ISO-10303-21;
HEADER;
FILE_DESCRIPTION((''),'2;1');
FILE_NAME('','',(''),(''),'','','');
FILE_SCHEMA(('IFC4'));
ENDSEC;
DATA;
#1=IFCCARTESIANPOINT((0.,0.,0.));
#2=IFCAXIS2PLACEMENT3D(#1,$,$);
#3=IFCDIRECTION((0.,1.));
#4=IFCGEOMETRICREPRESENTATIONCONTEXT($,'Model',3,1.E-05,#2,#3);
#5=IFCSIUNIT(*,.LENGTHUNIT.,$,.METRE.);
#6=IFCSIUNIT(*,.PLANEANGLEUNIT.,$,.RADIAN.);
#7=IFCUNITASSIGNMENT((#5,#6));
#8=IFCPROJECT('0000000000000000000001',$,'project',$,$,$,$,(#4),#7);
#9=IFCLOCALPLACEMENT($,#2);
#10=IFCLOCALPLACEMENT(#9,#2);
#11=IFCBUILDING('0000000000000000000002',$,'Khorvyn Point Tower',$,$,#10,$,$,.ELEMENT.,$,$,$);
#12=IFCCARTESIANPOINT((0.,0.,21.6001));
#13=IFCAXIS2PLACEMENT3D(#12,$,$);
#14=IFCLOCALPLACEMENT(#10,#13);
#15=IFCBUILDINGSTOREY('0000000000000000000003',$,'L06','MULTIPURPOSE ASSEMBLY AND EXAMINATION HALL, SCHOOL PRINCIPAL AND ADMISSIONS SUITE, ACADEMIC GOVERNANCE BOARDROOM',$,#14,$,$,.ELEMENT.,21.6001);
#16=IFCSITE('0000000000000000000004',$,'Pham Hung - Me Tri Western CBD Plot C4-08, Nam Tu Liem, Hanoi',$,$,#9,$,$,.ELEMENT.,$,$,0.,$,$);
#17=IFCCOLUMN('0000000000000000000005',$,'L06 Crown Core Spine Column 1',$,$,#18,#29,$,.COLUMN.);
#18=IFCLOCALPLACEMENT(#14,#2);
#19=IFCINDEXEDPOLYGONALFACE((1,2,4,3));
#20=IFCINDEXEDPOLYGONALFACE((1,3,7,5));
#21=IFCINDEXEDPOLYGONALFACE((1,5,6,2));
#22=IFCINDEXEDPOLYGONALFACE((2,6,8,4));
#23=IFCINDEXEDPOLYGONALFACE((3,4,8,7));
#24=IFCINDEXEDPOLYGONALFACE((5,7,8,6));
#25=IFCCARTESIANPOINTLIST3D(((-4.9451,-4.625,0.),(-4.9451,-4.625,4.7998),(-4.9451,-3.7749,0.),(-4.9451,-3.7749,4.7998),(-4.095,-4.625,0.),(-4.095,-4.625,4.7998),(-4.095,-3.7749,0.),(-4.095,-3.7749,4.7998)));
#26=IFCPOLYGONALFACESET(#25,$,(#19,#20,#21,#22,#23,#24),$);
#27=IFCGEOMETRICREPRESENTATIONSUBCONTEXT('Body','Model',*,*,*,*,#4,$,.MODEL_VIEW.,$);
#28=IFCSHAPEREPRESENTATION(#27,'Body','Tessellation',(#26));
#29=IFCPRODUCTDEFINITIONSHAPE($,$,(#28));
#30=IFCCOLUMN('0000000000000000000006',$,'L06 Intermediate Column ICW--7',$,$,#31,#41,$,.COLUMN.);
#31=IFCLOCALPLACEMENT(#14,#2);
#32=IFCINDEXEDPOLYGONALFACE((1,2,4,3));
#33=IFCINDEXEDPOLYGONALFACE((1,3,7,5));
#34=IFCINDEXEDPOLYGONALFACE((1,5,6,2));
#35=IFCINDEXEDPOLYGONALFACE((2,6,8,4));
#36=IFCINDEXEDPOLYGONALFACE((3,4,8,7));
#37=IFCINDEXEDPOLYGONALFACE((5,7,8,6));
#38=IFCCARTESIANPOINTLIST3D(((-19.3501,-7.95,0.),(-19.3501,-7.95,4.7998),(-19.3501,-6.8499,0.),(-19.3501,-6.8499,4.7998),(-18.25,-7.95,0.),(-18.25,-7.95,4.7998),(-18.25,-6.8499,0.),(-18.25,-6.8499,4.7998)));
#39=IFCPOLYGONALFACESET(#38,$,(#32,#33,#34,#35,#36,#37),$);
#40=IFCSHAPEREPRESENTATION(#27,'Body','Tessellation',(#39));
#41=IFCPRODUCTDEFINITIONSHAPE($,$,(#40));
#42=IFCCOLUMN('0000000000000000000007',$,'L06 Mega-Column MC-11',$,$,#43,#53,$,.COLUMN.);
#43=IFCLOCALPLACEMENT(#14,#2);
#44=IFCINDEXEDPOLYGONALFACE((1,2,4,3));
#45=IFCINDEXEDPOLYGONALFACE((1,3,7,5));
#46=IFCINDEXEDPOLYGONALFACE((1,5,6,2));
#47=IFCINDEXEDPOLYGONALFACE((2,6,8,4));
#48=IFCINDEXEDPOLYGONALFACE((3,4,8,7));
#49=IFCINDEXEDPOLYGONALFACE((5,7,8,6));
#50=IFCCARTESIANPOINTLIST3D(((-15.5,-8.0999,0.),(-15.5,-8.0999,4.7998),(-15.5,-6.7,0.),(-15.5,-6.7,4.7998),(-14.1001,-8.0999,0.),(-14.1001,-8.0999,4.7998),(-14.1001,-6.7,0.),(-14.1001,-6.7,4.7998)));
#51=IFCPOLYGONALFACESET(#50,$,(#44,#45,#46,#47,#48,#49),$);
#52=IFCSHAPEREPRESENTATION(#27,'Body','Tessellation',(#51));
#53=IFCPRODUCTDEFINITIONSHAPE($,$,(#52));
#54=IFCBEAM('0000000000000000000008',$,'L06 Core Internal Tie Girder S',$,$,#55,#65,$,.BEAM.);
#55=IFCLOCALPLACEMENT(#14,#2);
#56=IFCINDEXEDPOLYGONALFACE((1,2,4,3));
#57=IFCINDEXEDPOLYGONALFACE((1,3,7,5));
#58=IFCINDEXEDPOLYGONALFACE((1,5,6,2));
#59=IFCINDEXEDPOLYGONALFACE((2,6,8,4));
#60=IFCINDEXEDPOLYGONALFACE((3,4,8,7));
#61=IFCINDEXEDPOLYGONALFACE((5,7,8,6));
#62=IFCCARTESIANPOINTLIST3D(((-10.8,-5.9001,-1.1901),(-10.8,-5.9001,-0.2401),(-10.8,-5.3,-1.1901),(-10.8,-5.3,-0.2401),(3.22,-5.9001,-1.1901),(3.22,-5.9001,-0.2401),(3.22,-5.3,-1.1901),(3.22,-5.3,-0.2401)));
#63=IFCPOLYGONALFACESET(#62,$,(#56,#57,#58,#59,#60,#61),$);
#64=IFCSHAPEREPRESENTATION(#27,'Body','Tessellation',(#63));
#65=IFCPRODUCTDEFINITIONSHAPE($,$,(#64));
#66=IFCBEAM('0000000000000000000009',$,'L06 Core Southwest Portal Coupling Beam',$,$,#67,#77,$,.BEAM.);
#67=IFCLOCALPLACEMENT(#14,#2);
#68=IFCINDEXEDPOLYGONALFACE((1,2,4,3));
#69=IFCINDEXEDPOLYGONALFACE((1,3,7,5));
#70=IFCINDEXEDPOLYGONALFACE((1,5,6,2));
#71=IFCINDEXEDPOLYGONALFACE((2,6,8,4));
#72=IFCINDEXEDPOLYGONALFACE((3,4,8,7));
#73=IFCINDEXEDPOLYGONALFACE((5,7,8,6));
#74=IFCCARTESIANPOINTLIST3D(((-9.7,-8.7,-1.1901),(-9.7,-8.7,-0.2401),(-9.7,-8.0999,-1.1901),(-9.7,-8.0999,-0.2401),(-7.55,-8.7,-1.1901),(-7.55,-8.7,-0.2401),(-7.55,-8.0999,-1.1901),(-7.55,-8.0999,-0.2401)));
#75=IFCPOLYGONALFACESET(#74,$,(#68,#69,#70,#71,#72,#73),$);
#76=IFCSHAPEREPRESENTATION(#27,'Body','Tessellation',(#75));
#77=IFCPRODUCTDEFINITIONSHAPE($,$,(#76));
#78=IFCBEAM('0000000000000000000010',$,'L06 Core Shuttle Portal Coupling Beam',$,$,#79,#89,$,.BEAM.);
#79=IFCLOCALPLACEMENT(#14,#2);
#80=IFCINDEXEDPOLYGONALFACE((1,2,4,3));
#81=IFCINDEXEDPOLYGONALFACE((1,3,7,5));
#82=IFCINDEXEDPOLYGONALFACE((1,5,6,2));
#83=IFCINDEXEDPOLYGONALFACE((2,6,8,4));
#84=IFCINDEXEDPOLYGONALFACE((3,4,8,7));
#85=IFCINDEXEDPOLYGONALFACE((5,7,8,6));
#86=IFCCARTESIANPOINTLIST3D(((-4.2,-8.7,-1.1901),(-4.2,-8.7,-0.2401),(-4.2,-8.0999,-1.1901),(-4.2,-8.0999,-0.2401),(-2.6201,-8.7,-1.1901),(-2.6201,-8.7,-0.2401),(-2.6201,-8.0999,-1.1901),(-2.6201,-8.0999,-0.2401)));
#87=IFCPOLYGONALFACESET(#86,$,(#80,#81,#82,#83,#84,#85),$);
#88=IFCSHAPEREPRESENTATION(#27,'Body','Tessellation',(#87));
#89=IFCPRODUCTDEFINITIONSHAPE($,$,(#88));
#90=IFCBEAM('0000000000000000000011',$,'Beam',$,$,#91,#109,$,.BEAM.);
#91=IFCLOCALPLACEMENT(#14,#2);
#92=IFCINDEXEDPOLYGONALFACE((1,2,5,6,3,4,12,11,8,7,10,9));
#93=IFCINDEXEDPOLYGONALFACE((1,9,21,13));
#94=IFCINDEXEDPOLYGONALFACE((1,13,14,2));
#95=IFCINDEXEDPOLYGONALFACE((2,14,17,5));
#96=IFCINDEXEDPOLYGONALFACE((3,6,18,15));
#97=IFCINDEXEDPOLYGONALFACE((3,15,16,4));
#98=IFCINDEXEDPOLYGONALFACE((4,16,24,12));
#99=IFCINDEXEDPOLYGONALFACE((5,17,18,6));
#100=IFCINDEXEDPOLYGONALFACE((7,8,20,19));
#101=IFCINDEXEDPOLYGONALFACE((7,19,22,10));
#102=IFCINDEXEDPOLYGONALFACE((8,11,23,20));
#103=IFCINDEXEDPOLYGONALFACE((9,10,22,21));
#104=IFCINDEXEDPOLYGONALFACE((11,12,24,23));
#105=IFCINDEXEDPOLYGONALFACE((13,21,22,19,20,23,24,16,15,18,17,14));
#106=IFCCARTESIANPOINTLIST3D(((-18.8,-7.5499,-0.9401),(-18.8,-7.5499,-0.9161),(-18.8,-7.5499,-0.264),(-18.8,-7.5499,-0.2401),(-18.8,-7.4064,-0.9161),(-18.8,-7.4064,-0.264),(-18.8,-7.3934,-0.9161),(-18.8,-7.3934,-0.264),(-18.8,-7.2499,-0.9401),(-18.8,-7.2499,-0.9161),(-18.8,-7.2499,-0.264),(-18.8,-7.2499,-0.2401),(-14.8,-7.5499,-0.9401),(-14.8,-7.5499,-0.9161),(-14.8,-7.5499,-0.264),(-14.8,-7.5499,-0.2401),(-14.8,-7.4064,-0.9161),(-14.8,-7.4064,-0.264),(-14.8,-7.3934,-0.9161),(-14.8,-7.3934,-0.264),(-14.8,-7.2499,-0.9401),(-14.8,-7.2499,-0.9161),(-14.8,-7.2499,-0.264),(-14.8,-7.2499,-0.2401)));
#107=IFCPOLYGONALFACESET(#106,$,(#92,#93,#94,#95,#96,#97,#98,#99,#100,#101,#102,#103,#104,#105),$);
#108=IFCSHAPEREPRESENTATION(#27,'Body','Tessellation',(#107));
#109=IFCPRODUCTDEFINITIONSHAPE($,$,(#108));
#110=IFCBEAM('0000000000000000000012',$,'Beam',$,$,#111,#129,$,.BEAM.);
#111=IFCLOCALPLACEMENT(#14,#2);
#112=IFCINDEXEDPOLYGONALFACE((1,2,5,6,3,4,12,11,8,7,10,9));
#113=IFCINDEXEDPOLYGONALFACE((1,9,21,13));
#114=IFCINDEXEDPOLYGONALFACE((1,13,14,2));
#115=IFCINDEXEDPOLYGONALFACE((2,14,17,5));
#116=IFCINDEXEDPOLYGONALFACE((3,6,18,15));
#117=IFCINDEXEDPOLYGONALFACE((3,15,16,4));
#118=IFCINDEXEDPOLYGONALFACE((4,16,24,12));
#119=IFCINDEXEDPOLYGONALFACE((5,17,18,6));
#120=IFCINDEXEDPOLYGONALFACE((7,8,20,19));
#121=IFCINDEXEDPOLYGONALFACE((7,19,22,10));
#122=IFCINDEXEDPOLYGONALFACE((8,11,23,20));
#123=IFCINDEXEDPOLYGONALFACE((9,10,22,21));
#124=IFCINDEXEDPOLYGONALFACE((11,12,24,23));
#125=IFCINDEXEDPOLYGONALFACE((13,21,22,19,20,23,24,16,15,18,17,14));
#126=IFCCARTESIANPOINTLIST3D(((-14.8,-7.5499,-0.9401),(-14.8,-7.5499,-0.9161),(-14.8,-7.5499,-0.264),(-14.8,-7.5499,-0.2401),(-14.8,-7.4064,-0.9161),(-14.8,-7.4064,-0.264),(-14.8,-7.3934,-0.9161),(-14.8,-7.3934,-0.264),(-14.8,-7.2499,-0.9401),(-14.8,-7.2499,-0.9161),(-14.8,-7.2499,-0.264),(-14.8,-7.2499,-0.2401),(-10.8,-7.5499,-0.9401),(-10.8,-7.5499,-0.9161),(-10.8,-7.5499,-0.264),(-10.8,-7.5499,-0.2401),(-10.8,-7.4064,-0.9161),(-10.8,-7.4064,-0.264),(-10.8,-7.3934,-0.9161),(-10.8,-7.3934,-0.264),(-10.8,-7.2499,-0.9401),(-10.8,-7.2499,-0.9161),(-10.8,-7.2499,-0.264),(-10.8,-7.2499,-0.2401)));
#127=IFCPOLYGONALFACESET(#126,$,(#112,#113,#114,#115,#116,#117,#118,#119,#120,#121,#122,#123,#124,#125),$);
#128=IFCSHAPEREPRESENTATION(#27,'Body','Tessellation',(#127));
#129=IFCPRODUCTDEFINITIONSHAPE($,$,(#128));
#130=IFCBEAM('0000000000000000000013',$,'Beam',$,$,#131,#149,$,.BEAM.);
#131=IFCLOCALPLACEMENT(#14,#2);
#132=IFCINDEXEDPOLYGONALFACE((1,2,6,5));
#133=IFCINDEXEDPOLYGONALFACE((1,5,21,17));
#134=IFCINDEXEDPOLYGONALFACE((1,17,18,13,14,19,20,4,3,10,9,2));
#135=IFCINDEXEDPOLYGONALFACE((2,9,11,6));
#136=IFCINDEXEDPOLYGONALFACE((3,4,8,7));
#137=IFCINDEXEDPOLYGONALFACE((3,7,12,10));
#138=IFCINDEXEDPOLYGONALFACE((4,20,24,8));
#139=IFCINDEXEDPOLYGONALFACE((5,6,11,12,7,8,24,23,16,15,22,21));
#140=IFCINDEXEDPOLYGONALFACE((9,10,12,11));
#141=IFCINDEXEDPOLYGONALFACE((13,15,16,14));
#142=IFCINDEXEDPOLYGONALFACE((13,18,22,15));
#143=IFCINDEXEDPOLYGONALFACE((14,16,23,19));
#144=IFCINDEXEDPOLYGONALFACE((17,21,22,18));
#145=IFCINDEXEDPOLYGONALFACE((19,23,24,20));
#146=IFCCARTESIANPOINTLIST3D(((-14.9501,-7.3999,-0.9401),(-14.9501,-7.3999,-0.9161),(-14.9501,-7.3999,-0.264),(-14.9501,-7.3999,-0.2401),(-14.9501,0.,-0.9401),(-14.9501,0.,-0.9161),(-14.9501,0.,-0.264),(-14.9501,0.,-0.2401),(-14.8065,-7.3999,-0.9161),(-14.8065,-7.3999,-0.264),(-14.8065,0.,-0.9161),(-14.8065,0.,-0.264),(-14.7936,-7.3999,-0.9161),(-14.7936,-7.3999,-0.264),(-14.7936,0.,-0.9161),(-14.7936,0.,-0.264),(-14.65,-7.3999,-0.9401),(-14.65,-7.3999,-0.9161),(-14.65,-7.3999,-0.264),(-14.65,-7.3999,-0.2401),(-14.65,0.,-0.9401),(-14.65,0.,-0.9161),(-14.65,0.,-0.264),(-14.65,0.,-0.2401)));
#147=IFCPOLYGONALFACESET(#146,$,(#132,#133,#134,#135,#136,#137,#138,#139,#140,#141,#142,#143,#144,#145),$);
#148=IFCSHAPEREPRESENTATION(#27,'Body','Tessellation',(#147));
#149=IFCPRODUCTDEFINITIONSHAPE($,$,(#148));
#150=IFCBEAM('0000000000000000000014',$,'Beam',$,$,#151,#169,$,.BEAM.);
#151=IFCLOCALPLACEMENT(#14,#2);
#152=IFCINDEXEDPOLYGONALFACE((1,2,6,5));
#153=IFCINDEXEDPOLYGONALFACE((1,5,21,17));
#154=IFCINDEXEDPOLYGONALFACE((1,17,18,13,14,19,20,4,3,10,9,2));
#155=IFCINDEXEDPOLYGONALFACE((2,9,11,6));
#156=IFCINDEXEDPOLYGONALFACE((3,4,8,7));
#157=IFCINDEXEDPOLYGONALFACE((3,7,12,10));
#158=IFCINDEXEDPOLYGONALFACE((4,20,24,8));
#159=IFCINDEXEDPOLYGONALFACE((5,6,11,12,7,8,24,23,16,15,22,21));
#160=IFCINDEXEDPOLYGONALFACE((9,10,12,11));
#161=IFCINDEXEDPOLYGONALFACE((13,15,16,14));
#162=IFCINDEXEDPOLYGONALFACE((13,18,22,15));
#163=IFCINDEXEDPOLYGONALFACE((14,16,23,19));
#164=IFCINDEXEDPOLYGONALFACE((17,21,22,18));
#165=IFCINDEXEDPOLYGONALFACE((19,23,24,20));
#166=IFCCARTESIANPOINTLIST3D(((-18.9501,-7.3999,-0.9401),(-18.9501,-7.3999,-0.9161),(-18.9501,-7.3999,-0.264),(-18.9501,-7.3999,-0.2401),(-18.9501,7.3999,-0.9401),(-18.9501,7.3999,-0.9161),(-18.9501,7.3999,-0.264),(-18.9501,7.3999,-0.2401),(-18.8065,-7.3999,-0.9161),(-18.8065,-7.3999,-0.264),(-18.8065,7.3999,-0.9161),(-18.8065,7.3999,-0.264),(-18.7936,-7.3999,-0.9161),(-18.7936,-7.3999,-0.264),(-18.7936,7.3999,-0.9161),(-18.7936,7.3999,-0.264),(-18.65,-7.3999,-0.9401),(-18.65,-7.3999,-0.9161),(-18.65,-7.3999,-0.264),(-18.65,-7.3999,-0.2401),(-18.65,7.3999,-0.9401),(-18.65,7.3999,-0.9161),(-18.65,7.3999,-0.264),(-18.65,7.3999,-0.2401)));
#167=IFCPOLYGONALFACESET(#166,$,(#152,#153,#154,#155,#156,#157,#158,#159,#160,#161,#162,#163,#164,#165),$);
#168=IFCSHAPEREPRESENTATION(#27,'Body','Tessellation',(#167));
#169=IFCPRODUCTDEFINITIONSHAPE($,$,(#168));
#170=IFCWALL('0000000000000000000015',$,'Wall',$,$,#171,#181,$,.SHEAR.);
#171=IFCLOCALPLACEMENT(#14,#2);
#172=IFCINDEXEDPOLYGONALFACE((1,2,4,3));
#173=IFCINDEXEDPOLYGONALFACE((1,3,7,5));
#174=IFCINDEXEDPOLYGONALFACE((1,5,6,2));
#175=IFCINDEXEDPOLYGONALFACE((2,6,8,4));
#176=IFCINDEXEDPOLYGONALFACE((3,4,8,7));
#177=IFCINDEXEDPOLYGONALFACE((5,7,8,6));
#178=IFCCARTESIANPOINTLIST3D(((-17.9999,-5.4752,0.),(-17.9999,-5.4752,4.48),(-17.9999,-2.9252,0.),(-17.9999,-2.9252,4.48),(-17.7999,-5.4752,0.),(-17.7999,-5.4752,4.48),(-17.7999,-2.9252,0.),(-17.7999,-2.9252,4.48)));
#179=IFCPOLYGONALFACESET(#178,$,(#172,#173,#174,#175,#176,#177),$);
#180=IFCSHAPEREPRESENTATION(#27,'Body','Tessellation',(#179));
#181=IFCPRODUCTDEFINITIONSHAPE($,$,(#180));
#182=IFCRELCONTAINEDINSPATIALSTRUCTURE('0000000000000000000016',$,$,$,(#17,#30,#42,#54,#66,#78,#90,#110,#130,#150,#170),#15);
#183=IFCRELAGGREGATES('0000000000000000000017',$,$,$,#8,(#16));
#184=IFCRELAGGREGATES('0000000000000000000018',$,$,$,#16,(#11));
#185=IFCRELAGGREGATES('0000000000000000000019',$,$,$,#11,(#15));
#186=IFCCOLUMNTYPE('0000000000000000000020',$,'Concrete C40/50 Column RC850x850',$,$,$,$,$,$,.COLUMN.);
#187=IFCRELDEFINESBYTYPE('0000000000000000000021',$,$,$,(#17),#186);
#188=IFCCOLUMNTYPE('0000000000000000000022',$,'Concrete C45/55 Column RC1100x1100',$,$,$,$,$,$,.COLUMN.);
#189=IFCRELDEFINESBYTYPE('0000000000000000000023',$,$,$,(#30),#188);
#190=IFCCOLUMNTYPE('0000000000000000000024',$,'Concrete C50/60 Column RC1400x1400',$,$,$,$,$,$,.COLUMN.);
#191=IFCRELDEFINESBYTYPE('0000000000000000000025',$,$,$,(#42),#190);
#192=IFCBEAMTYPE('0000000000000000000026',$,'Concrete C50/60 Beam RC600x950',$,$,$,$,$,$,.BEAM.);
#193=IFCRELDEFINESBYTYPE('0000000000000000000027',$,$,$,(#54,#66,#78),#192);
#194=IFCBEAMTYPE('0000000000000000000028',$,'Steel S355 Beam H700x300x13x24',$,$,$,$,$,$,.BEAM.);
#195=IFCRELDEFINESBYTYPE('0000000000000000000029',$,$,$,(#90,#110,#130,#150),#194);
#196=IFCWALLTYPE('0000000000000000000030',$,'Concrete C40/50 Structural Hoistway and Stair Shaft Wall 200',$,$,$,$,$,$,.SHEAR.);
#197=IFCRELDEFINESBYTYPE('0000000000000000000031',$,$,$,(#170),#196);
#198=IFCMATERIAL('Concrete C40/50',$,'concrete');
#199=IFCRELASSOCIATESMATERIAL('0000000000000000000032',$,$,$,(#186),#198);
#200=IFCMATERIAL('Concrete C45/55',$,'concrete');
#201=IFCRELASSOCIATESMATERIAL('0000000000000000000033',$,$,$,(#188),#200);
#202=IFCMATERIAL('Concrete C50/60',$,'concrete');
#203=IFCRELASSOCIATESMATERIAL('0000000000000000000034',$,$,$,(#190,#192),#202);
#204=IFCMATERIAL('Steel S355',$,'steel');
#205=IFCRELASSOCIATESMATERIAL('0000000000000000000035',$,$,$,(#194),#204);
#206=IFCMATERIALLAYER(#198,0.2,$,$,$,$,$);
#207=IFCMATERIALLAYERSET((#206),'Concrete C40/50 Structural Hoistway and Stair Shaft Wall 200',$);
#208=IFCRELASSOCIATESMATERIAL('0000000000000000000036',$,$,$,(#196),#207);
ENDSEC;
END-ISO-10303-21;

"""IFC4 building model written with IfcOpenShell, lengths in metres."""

from ifc_helpers import new_model, si_unit, direction, frame, frame_2d, origin, origin_2d, place, context, subcontext, project, spatial, rectangle, i_section, extrude, material, layer, layer_set, material_profile, profile_set, type_object, element, save


model = new_model("IFC4")

# Units and contexts
model_context = context("Model", 3, precision=1e-05, world=origin(), true_north=direction((0.0, 1.0)))
body_context = subcontext(model_context, "Body", "Model", "MODEL_VIEW")
ifc_project = project(units=[si_unit("LENGTHUNIT", "METRE"), si_unit("PLANEANGLEUNIT", "RADIAN")], contexts=[model_context])

# Site, building, storey
site_placement = place(None, origin())
site = spatial("IfcSite", under=ifc_project, at=site_placement, Name="Pham Hung - Me Tri Western CBD Plot C4-08, Nam Tu Liem, Hanoi", CompositionType="ELEMENT", RefElevation=0.0)
building_placement = place(site_placement, origin())
building = spatial("IfcBuilding", under=site, at=building_placement, Name="Khorvyn Point Tower", CompositionType="ELEMENT")
storey_placement = place(building_placement, frame((0.0, 0.0, 21.6001)))
storey = spatial("IfcBuildingStorey", under=building, at=storey_placement, Name="L06", Description="MULTIPURPOSE ASSEMBLY AND EXAMINATION HALL, SCHOOL PRINCIPAL AND ADMISSIONS SUITE, ACADEMIC GOVERNANCE BOARDROOM", CompositionType="ELEMENT", Elevation=21.6001)

# Columns
ifc_material_1 = material(Name="Concrete C40/50", Category="concrete")
ifc_material_profile_1 = material_profile(ifc_material_1, rectangle(XDim=0.8501, YDim=0.8501, at=origin_2d()))
ifc_profile_set_1 = profile_set([ifc_material_profile_1], Name="Concrete C40/50 RC850x850")
column_type_1 = type_object("IfcColumnType", Name="Concrete C40/50 Column RC850x850", PredefinedType="COLUMN", material=ifc_profile_set_1)
column_1_placement = place(storey_placement, frame((-4.52, -4.2, 0.0), z_axis=(0.0, 0.0, 1.0), x_axis=(1.0, 0.0, 0.0)))
element("IfcColumn", 1, at=column_1_placement, inside=storey, type_object=column_type_1, Name="L06 Crown Core Spine Column 1", PredefinedType="COLUMN", context=body_context, shape_type="SweptSolid", body=[
    extrude(rectangle(XDim=0.8501, YDim=0.8501, at=origin_2d()), origin(), (0.0, 0.0, 1.0), 4.7998),
])
ifc_material_2 = material(Name="Concrete C45/55", Category="concrete")
ifc_material_profile_2 = material_profile(ifc_material_2, rectangle(XDim=1.1001, YDim=1.1001, at=origin_2d()))
ifc_profile_set_2 = profile_set([ifc_material_profile_2], Name="Concrete C45/55 RC1100x1100")
column_type_2 = type_object("IfcColumnType", Name="Concrete C45/55 Column RC1100x1100", PredefinedType="COLUMN", material=ifc_profile_set_2)
column_2_placement = place(storey_placement, frame((-18.8, -7.3999, 0.0), z_axis=(0.0, 0.0, 1.0), x_axis=(1.0, 0.0, 0.0)))
element("IfcColumn", 2, at=column_2_placement, inside=storey, type_object=column_type_2, Name="L06 Intermediate Column ICW--7", PredefinedType="COLUMN", context=body_context, shape_type="SweptSolid", body=[
    extrude(rectangle(XDim=1.1001, YDim=1.1001, at=origin_2d()), origin(), (0.0, 0.0, 1.0), 4.7998),
])
ifc_material_3 = material(Name="Concrete C50/60", Category="concrete")
ifc_material_profile_3 = material_profile(ifc_material_3, rectangle(XDim=1.3999, YDim=1.3999, at=origin_2d()))
ifc_profile_set_3 = profile_set([ifc_material_profile_3], Name="Concrete C50/60 RC1400x1400")
column_type_3 = type_object("IfcColumnType", Name="Concrete C50/60 Column RC1400x1400", PredefinedType="COLUMN", material=ifc_profile_set_3)
column_3_placement = place(storey_placement, frame((-14.8, -7.3999, 0.0), z_axis=(0.0, 0.0, 1.0), x_axis=(1.0, 0.0, 0.0)))
element("IfcColumn", 3, at=column_3_placement, inside=storey, type_object=column_type_3, Name="L06 Mega-Column MC-11", PredefinedType="COLUMN", context=body_context, shape_type="SweptSolid", body=[
    extrude(rectangle(XDim=1.3999, YDim=1.3999, at=origin_2d()), origin(), (0.0, 0.0, 1.0), 4.7998),
])

# Beams
ifc_material_profile_4 = material_profile(ifc_material_3, rectangle(XDim=0.6001, YDim=0.95, at=origin_2d()))
ifc_profile_set_4 = profile_set([ifc_material_profile_4], Name="Concrete C50/60 RC600x950")
beam_type_1 = type_object("IfcBeamType", Name="Concrete C50/60 Beam RC600x950", PredefinedType="BEAM", material=ifc_profile_set_4)
beam_1_placement = place(storey_placement, frame((-10.8, -5.6001, -0.7151), z_axis=(1.0, 0.0, 0.0), x_axis=(0.0, 1.0, 0.0)))
element("IfcBeam", 4, at=beam_1_placement, inside=storey, type_object=beam_type_1, Name="L06 Core Internal Tie Girder S", PredefinedType="BEAM", context=body_context, shape_type="SweptSolid", body=[
    extrude(rectangle(XDim=0.6001, YDim=0.95, at=origin_2d()), origin(), (0.0, 0.0, 1.0), 14.02),
])
beam_2_placement = place(storey_placement, frame((-9.7, -8.3999, -0.7151), z_axis=(1.0, 0.0, 0.0), x_axis=(0.0, 1.0, 0.0)))
element("IfcBeam", 5, at=beam_2_placement, inside=storey, type_object=beam_type_1, Name="L06 Core Southwest Portal Coupling Beam", PredefinedType="BEAM", context=body_context, shape_type="SweptSolid", body=[
    extrude(rectangle(XDim=0.6001, YDim=0.95, at=origin_2d()), origin(), (0.0, 0.0, 1.0), 2.1499),
])
beam_3_placement = place(storey_placement, frame((-4.2, -8.3999, -0.7151), z_axis=(1.0, 0.0, 0.0), x_axis=(0.0, 1.0, 0.0)))
element("IfcBeam", 6, at=beam_3_placement, inside=storey, type_object=beam_type_1, Name="L06 Core Shuttle Portal Coupling Beam", PredefinedType="BEAM", context=body_context, shape_type="SweptSolid", body=[
    extrude(rectangle(XDim=0.6001, YDim=0.95, at=origin_2d()), origin(), (0.0, 0.0, 1.0), 1.5798),
])
ifc_material_4 = material(Name="Steel S355", Category="steel")
ifc_material_profile_5 = material_profile(ifc_material_4, i_section(OverallWidth=0.3, OverallDepth=0.7, WebThickness=0.0129, FlangeThickness=0.0239, at=origin_2d()))
ifc_profile_set_5 = profile_set([ifc_material_profile_5], Name="Steel S355 H700x300x13x24")
beam_type_2 = type_object("IfcBeamType", Name="Steel S355 Beam H700x300x13x24", PredefinedType="BEAM", material=ifc_profile_set_5)
for number, where, z_axis, x_axis, name in (
    (7, (-18.8, -7.3999, -0.5901), (1.0, 0.0, 0.0), (0.0, 1.0, 0.0), "Beam"),
    (8, (-14.8, -7.3999, -0.5901), (1.0, 0.0, 0.0), (0.0, 1.0, 0.0), "Beam"),
):
    element("IfcBeam", number, at=place(storey_placement, frame(where, z_axis=z_axis, x_axis=x_axis)), inside=storey, type_object=beam_type_2, Name=name, PredefinedType="BEAM", context=body_context, shape_type="SweptSolid", body=[
        extrude(i_section(OverallWidth=0.3, OverallDepth=0.7, WebThickness=0.0129, FlangeThickness=0.0239, at=origin_2d()), origin(), (0.0, 0.0, 1.0), 4.0),
    ])
beam_4_placement = place(storey_placement, frame((-14.8, -7.3999, -0.5901), z_axis=(0.0, 1.0, 0.0), x_axis=(-1.0, 0.0, 0.0)))
element("IfcBeam", 9, at=beam_4_placement, inside=storey, type_object=beam_type_2, Name="Beam", PredefinedType="BEAM", context=body_context, shape_type="SweptSolid", body=[
    extrude(i_section(OverallWidth=0.3, OverallDepth=0.7, WebThickness=0.0129, FlangeThickness=0.0239, at=origin_2d()), origin(), (0.0, 0.0, 1.0), 7.3999),
])
beam_5_placement = place(storey_placement, frame((-18.8, -7.3999, -0.5901), z_axis=(0.0, 1.0, 0.0), x_axis=(-1.0, 0.0, 0.0)))
element("IfcBeam", 10, at=beam_5_placement, inside=storey, type_object=beam_type_2, Name="Beam", PredefinedType="BEAM", context=body_context, shape_type="SweptSolid", body=[
    extrude(i_section(OverallWidth=0.3, OverallDepth=0.7, WebThickness=0.0129, FlangeThickness=0.0239, at=origin_2d()), origin(), (0.0, 0.0, 1.0), 14.7998),
])

# Wall
ifc_layer_1 = layer(ifc_material_1, 0.2)
ifc_layer_set_1 = layer_set([ifc_layer_1], Name="Concrete C40/50 Structural Hoistway and Stair Shaft Wall 200")
wall_type_1 = type_object("IfcWallType", Name="Concrete C40/50 Structural Hoistway and Stair Shaft Wall 200", PredefinedType="SHEAR", material=ifc_layer_set_1)
for number, where, z_axis, x_axis, name in (
    (11, (-17.8999, -5.4751, 0.0), (0.0, 0.0, 1.0), (0.0, 1.0, 0.0), "Wall"),
):
    element("IfcWall", number, at=place(storey_placement, frame(where, z_axis=z_axis, x_axis=x_axis)), inside=storey, type_object=wall_type_1, Name=name, PredefinedType="SHEAR", context=body_context, shape_type="SweptSolid", body=[
        extrude(rectangle(XDim=2.55, YDim=0.2, at=frame_2d((1.2749, 0.0))), origin(), (0.0, 0.0, 1.0), 4.48),
    ])

save(model, "model.ifc")
